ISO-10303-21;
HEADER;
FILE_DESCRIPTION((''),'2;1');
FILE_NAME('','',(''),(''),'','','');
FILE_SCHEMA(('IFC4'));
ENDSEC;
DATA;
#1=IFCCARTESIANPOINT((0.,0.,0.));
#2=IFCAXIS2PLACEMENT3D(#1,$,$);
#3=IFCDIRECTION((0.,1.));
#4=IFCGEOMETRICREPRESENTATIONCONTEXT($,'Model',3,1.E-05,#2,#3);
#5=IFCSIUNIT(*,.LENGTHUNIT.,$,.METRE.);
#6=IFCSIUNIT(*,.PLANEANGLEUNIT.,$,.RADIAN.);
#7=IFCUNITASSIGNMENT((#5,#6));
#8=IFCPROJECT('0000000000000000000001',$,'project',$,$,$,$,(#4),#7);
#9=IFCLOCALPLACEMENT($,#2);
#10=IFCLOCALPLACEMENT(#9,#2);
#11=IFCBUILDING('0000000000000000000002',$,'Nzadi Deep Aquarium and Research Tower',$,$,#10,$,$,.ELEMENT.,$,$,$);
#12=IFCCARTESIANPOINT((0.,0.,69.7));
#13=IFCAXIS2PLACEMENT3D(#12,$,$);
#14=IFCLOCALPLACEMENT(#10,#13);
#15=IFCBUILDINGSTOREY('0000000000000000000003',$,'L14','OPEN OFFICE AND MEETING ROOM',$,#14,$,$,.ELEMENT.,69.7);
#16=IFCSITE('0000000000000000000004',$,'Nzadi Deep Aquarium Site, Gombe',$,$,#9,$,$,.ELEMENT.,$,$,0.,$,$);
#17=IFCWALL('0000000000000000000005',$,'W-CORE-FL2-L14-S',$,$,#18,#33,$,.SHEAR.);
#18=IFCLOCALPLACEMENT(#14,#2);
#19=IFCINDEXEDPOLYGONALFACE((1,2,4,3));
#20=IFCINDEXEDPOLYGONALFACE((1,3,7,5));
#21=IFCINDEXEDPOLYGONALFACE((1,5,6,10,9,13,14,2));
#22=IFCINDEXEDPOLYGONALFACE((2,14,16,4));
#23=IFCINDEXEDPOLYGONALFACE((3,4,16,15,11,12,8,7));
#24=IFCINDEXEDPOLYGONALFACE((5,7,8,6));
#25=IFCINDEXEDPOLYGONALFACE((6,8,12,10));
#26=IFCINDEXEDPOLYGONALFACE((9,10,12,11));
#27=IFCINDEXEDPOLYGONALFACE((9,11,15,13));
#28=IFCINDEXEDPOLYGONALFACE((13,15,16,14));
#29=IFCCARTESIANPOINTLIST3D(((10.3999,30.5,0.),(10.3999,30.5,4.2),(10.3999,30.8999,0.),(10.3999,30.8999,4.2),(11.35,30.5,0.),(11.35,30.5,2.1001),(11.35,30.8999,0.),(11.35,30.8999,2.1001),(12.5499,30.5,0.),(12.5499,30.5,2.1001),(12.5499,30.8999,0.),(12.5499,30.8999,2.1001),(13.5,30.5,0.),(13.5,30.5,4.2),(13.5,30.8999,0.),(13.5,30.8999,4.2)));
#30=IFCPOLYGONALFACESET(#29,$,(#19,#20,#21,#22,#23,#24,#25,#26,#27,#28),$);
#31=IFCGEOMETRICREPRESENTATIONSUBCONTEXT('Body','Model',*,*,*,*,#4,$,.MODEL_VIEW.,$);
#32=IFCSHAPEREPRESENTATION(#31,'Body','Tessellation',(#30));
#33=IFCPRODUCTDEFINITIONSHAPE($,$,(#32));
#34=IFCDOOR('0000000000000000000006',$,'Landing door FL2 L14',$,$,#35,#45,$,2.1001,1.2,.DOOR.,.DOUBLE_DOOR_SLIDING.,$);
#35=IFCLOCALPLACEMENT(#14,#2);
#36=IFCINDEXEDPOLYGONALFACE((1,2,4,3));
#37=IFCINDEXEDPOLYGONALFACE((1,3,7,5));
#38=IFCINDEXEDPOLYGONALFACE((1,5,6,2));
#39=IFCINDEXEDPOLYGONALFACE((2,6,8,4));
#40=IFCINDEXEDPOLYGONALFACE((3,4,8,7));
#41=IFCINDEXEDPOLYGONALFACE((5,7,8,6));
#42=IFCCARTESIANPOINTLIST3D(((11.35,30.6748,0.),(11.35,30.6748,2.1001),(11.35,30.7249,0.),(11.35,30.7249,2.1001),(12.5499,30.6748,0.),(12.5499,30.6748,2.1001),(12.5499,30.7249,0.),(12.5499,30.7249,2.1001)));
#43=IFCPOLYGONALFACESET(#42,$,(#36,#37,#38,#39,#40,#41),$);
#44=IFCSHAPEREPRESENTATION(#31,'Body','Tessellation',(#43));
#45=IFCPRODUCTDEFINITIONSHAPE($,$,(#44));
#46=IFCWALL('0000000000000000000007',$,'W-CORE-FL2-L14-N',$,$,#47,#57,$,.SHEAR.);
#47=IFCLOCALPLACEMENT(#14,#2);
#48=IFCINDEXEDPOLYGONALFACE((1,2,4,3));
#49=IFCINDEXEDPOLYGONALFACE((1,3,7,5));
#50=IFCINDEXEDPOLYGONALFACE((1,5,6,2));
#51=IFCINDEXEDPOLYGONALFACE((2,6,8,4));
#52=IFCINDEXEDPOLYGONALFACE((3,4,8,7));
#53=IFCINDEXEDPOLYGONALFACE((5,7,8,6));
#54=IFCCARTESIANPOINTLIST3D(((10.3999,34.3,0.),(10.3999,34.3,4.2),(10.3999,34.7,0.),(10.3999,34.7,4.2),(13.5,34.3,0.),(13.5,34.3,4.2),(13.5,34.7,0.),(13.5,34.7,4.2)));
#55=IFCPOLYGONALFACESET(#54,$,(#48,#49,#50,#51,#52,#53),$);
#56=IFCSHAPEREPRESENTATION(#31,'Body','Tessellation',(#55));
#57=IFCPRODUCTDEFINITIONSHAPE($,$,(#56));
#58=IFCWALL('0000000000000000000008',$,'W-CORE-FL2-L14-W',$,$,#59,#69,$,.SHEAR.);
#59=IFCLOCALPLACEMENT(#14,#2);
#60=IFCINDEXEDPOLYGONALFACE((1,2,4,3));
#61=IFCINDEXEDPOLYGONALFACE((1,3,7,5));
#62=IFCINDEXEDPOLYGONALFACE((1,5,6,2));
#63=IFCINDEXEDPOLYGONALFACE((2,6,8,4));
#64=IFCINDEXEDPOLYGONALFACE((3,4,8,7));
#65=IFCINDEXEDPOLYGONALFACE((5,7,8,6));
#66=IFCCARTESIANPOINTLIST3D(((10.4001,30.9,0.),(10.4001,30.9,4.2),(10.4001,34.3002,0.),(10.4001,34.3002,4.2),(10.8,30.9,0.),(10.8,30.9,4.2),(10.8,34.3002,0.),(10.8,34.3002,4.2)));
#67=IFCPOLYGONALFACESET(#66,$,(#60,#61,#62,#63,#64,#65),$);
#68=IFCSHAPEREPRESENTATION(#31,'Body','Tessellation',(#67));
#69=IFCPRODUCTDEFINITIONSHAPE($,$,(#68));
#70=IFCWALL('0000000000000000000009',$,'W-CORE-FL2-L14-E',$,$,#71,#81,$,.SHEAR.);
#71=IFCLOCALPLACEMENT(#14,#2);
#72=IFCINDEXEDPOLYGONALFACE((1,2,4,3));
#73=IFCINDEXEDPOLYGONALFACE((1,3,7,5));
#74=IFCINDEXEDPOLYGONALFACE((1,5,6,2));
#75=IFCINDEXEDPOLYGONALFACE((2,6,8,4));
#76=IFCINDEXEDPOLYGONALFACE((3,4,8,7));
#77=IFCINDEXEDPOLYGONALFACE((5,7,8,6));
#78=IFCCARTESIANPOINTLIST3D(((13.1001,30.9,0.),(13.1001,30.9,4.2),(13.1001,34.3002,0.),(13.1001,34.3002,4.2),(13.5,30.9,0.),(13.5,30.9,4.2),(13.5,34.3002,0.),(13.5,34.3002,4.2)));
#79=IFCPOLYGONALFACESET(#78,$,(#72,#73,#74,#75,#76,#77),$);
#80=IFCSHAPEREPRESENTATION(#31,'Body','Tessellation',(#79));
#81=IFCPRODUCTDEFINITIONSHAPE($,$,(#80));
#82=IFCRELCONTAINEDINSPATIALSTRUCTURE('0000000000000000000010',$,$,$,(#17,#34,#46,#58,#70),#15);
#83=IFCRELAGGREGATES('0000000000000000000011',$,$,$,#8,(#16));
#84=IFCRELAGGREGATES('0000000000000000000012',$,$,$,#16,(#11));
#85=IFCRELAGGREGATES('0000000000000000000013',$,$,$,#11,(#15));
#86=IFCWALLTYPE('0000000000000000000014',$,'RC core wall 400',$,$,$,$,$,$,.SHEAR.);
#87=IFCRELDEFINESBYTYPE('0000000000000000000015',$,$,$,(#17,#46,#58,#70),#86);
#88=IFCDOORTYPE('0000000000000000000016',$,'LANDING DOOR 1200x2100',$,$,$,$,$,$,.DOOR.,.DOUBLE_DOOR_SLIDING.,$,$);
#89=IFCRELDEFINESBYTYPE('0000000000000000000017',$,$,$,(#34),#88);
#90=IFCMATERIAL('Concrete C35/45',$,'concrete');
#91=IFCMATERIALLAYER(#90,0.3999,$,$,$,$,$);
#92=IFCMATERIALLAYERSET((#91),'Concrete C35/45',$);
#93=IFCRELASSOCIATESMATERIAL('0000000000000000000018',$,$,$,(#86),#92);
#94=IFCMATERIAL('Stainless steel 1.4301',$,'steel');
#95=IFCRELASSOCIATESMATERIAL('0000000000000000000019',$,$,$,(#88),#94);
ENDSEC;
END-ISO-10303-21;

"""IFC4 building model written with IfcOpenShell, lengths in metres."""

from ifc_helpers import new_model, si_unit, direction, frame, frame_2d, origin, place, context, subcontext, project, spatial, rectangle, extrude, material, layer, layer_set, type_object, element, fill, save


model = new_model("IFC4")

# Units and contexts
model_context = context("Model", 3, precision=1e-05, world=origin(), true_north=direction((0.0, 1.0)))
body_context = subcontext(model_context, "Body", "Model", "MODEL_VIEW")
ifc_project = project(units=[si_unit("LENGTHUNIT", "METRE"), si_unit("PLANEANGLEUNIT", "RADIAN")], contexts=[model_context])

# Site, building, storey
site_placement = place(None, origin())
site = spatial("IfcSite", under=ifc_project, at=site_placement, Name="Nzadi Deep Aquarium Site, Gombe", CompositionType="ELEMENT", RefElevation=0.0)
building_placement = place(site_placement, origin())
building = spatial("IfcBuilding", under=site, at=building_placement, Name="Nzadi Deep Aquarium and Research Tower", CompositionType="ELEMENT")
storey_placement = place(building_placement, frame((0.0, 0.0, 69.7)))
storey = spatial("IfcBuildingStorey", under=building, at=storey_placement, Name="L14", Description="OPEN OFFICE AND MEETING ROOM", CompositionType="ELEMENT", Elevation=69.7)

# Wall, opening, door
ifc_material_1 = material(Name="Concrete C35/45", Category="concrete")
ifc_layer_1 = layer(ifc_material_1, 0.3999)
ifc_layer_set_1 = layer_set([ifc_layer_1], Name="Concrete C35/45")
wall_type_1 = type_object("IfcWallType", Name="RC core wall 400", PredefinedType="SHEAR", material=ifc_layer_set_1)
wall_1_placement = place(storey_placement, frame((10.3999, 30.7, 0.0), z_axis=(0.0, 0.0, 1.0), x_axis=(1.0, 0.0, 0.0)))
wall_1 = element("IfcWall", 1, at=wall_1_placement, inside=storey, type_object=wall_type_1, Name="W-CORE-FL2-L14-S", PredefinedType="SHEAR", context=body_context, shape_type="SweptSolid", body=[
    extrude(rectangle(XDim=3.1001, YDim=0.3999, at=frame_2d((1.55, 0.0))), origin(), (0.0, 0.0, 1.0), 4.2),
])
opening_1_placement = place(wall_1_placement, frame((0.95, 0.0, 0.0)))
opening_1 = element("IfcOpeningElement", 2, at=opening_1_placement, cuts=wall_1, PredefinedType="OPENING", context=body_context, shape_type="SweptSolid", body=[
    extrude(rectangle(XDim=1.2, YDim=2.1001, at=frame_2d((0.6001, 1.05))), frame((0.0, 0.21, 0.0), z_axis=(0.0, -1.0, 0.0), x_axis=(1.0, 0.0, 0.0)), (0.0, 0.0, 1.0), 0.4199),
])
ifc_material_2 = material(Name="Stainless steel 1.4301", Category="steel")
door_type_1 = type_object("IfcDoorType", Name="LANDING DOOR 1200x2100", OperationType="DOUBLE_DOOR_SLIDING", PredefinedType="DOOR", material=ifc_material_2)
door_1_placement = place(opening_1_placement, origin())
door_1 = element("IfcDoor", 3, at=door_1_placement, inside=storey, type_object=door_type_1, Name="Landing door FL2 L14", OperationType="DOUBLE_DOOR_SLIDING", OverallHeight=2.1001, OverallWidth=1.2, PredefinedType="DOOR", context=body_context, shape_type="SweptSolid", body=[
    extrude(rectangle(XDim=1.2, YDim=2.1001, at=frame_2d((0.6001, 1.05))), frame((0.0, 0.0249, 0.0), z_axis=(0.0, -1.0, 0.0), x_axis=(1.0, 0.0, 0.0)), (0.0, 0.0, 1.0), 0.05),
])
fill(opening_1, door_1)

# Walls
wall_2_placement = place(storey_placement, frame((10.3999, 34.5, 0.0), z_axis=(0.0, 0.0, 1.0), x_axis=(1.0, 0.0, 0.0)))
element("IfcWall", 4, at=wall_2_placement, inside=storey, type_object=wall_type_1, Name="W-CORE-FL2-L14-N", PredefinedType="SHEAR", context=body_context, shape_type="SweptSolid", body=[
    extrude(rectangle(XDim=3.1001, YDim=0.3999, at=frame_2d((1.55, 0.0))), origin(), (0.0, 0.0, 1.0), 4.2),
])
for number, where, z_axis, x_axis, name in (
    (5, (10.6001, 30.8999, 0.0), (0.0, 0.0, 1.0), (0.0, 1.0, 0.0), "W-CORE-FL2-L14-W"),
    (6, (13.3, 30.8999, 0.0), (0.0, 0.0, 1.0), (0.0, 1.0, 0.0), "W-CORE-FL2-L14-E"),
):
    element("IfcWall", number, at=place(storey_placement, frame(where, z_axis=z_axis, x_axis=x_axis)), inside=storey, type_object=wall_type_1, Name=name, PredefinedType="SHEAR", context=body_context, shape_type="SweptSolid", body=[
        extrude(rectangle(XDim=3.4001, YDim=0.3999, at=frame_2d((1.7002, 0.0))), origin(), (0.0, 0.0, 1.0), 4.2),
    ])

save(model, "model.ifc")
